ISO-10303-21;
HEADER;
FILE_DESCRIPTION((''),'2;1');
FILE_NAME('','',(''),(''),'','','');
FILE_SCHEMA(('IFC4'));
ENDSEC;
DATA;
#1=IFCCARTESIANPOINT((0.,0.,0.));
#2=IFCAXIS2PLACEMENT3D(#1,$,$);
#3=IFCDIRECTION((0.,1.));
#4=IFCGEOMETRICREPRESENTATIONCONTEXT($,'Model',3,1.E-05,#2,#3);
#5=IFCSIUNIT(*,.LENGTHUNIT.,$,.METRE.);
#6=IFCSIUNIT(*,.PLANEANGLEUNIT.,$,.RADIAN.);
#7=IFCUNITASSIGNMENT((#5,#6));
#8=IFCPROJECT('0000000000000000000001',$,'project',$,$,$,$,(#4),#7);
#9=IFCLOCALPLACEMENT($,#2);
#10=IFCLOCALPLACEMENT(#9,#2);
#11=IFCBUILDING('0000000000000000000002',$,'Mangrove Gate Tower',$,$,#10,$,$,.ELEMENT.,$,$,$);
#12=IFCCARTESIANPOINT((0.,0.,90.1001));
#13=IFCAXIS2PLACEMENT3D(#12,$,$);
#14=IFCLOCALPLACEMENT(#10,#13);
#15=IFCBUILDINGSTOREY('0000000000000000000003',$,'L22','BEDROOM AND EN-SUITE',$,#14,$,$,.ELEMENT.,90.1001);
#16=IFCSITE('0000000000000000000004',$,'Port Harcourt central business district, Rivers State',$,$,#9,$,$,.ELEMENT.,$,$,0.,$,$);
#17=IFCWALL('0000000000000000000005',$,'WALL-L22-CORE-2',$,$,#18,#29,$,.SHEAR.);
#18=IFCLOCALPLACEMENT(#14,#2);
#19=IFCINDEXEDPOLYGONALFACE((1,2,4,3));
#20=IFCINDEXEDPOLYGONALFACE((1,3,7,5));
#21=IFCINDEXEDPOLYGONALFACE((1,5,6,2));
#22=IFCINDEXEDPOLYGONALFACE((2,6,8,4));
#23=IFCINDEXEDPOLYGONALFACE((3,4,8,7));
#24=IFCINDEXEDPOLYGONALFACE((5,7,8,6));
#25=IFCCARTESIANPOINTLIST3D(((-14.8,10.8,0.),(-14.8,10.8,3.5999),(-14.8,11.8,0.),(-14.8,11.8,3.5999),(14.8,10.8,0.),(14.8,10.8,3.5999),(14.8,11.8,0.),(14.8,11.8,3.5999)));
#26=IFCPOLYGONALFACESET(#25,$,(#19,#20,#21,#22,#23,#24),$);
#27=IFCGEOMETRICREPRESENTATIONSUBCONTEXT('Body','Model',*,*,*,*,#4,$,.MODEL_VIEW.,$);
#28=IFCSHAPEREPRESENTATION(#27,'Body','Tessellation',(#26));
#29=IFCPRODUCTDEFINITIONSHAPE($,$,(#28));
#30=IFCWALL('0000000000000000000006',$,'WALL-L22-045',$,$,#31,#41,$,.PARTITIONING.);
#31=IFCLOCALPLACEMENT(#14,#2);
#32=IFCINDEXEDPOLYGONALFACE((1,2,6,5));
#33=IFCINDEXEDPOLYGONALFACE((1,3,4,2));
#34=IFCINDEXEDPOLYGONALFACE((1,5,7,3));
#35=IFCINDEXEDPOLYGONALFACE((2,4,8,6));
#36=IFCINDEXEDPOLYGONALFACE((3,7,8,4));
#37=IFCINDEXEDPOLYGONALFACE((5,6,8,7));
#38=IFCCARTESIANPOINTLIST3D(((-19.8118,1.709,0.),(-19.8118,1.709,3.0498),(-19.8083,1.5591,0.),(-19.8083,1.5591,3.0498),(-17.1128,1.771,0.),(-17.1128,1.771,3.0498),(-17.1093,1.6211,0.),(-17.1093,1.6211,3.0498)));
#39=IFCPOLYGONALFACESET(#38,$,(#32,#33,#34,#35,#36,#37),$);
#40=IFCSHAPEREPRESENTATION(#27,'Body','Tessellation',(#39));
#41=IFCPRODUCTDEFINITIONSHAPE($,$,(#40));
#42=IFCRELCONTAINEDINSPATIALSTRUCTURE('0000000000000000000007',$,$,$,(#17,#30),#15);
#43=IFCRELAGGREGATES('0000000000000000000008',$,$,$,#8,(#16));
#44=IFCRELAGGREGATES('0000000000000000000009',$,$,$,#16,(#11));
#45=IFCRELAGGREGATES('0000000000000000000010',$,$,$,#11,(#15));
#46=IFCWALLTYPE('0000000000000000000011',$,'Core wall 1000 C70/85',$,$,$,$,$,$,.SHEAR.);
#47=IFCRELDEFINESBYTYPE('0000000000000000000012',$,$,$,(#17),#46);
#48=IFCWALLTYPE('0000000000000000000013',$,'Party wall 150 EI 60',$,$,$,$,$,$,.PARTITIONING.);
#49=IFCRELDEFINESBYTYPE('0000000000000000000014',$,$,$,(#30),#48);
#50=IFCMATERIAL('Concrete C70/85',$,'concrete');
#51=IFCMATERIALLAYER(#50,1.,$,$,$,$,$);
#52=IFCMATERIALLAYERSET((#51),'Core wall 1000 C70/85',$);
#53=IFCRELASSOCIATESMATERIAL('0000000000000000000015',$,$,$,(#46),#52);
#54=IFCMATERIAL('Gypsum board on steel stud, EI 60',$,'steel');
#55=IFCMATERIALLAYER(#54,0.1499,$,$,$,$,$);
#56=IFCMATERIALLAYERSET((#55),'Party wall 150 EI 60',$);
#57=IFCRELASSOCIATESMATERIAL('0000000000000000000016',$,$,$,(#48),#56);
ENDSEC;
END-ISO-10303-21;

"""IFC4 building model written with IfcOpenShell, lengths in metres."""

from ifc_helpers import new_model, si_unit, direction, frame, frame_2d, origin, place, context, subcontext, project, spatial, rectangle, extrude, material, layer, layer_set, type_object, element, save


model = new_model("IFC4")

# Units and contexts
model_context = context("Model", 3, precision=1e-05, world=origin(), true_north=direction((0.0, 1.0)))
body_context = subcontext(model_context, "Body", "Model", "MODEL_VIEW")
ifc_project = project(units=[si_unit("LENGTHUNIT", "METRE"), si_unit("PLANEANGLEUNIT", "RADIAN")], contexts=[model_context])

# Site, building, storey
site_placement = place(None, origin())
site = spatial("IfcSite", under=ifc_project, at=site_placement, Name="Port Harcourt central business district, Rivers State", CompositionType="ELEMENT", RefElevation=0.0)
building_placement = place(site_placement, origin())
building = spatial("IfcBuilding", under=site, at=building_placement, Name="Mangrove Gate Tower", CompositionType="ELEMENT")
storey_placement = place(building_placement, frame((0.0, 0.0, 90.1001)))
storey = spatial("IfcBuildingStorey", under=building, at=storey_placement, Name="L22", Description="BEDROOM AND EN-SUITE", CompositionType="ELEMENT", Elevation=90.1001)

# Walls
ifc_material_1 = material(Name="Concrete C70/85", Category="concrete")
ifc_layer_1 = layer(ifc_material_1, 1.0)
ifc_layer_set_1 = layer_set([ifc_layer_1], Name="Core wall 1000 C70/85")
wall_type_1 = type_object("IfcWallType", Name="Core wall 1000 C70/85", PredefinedType="SHEAR", material=ifc_layer_set_1)
wall_1_placement = place(storey_placement, frame((-14.8, 11.3, 0.0), z_axis=(0.0, 0.0, 1.0), x_axis=(1.0, 0.0, 0.0)))
element("IfcWall", 1, at=wall_1_placement, inside=storey, type_object=wall_type_1, Name="WALL-L22-CORE-2", PredefinedType="SHEAR", context=body_context, shape_type="SweptSolid", body=[
    extrude(rectangle(XDim=29.6001, YDim=1.0, at=frame_2d((14.8, 0.0))), origin(), (0.0, 0.0, 1.0), 3.5999),
])
ifc_material_2 = material(Name="Gypsum board on steel stud, EI 60", Category="steel")
ifc_layer_2 = layer(ifc_material_2, 0.1499)
ifc_layer_set_2 = layer_set([ifc_layer_2], Name="Party wall 150 EI 60")
wall_type_2 = type_object("IfcWallType", Name="Party wall 150 EI 60", PredefinedType="PARTITIONING", material=ifc_layer_set_2)
wall_2_placement = place(storey_placement, frame((-19.8101, 1.634, 0.0), z_axis=(0.0, 0.0, 1.0), x_axis=(0.999736, 0.02297, 0.0)))
element("IfcWall", 2, at=wall_2_placement, inside=storey, type_object=wall_type_2, Name="WALL-L22-045", PredefinedType="PARTITIONING", context=body_context, shape_type="SweptSolid", body=[
    extrude(rectangle(XDim=2.6997, YDim=0.1499, at=frame_2d((1.3499, 0.0))), origin(), (0.0, 0.0, 1.0), 3.0498),
])

save(model, "model.ifc")
